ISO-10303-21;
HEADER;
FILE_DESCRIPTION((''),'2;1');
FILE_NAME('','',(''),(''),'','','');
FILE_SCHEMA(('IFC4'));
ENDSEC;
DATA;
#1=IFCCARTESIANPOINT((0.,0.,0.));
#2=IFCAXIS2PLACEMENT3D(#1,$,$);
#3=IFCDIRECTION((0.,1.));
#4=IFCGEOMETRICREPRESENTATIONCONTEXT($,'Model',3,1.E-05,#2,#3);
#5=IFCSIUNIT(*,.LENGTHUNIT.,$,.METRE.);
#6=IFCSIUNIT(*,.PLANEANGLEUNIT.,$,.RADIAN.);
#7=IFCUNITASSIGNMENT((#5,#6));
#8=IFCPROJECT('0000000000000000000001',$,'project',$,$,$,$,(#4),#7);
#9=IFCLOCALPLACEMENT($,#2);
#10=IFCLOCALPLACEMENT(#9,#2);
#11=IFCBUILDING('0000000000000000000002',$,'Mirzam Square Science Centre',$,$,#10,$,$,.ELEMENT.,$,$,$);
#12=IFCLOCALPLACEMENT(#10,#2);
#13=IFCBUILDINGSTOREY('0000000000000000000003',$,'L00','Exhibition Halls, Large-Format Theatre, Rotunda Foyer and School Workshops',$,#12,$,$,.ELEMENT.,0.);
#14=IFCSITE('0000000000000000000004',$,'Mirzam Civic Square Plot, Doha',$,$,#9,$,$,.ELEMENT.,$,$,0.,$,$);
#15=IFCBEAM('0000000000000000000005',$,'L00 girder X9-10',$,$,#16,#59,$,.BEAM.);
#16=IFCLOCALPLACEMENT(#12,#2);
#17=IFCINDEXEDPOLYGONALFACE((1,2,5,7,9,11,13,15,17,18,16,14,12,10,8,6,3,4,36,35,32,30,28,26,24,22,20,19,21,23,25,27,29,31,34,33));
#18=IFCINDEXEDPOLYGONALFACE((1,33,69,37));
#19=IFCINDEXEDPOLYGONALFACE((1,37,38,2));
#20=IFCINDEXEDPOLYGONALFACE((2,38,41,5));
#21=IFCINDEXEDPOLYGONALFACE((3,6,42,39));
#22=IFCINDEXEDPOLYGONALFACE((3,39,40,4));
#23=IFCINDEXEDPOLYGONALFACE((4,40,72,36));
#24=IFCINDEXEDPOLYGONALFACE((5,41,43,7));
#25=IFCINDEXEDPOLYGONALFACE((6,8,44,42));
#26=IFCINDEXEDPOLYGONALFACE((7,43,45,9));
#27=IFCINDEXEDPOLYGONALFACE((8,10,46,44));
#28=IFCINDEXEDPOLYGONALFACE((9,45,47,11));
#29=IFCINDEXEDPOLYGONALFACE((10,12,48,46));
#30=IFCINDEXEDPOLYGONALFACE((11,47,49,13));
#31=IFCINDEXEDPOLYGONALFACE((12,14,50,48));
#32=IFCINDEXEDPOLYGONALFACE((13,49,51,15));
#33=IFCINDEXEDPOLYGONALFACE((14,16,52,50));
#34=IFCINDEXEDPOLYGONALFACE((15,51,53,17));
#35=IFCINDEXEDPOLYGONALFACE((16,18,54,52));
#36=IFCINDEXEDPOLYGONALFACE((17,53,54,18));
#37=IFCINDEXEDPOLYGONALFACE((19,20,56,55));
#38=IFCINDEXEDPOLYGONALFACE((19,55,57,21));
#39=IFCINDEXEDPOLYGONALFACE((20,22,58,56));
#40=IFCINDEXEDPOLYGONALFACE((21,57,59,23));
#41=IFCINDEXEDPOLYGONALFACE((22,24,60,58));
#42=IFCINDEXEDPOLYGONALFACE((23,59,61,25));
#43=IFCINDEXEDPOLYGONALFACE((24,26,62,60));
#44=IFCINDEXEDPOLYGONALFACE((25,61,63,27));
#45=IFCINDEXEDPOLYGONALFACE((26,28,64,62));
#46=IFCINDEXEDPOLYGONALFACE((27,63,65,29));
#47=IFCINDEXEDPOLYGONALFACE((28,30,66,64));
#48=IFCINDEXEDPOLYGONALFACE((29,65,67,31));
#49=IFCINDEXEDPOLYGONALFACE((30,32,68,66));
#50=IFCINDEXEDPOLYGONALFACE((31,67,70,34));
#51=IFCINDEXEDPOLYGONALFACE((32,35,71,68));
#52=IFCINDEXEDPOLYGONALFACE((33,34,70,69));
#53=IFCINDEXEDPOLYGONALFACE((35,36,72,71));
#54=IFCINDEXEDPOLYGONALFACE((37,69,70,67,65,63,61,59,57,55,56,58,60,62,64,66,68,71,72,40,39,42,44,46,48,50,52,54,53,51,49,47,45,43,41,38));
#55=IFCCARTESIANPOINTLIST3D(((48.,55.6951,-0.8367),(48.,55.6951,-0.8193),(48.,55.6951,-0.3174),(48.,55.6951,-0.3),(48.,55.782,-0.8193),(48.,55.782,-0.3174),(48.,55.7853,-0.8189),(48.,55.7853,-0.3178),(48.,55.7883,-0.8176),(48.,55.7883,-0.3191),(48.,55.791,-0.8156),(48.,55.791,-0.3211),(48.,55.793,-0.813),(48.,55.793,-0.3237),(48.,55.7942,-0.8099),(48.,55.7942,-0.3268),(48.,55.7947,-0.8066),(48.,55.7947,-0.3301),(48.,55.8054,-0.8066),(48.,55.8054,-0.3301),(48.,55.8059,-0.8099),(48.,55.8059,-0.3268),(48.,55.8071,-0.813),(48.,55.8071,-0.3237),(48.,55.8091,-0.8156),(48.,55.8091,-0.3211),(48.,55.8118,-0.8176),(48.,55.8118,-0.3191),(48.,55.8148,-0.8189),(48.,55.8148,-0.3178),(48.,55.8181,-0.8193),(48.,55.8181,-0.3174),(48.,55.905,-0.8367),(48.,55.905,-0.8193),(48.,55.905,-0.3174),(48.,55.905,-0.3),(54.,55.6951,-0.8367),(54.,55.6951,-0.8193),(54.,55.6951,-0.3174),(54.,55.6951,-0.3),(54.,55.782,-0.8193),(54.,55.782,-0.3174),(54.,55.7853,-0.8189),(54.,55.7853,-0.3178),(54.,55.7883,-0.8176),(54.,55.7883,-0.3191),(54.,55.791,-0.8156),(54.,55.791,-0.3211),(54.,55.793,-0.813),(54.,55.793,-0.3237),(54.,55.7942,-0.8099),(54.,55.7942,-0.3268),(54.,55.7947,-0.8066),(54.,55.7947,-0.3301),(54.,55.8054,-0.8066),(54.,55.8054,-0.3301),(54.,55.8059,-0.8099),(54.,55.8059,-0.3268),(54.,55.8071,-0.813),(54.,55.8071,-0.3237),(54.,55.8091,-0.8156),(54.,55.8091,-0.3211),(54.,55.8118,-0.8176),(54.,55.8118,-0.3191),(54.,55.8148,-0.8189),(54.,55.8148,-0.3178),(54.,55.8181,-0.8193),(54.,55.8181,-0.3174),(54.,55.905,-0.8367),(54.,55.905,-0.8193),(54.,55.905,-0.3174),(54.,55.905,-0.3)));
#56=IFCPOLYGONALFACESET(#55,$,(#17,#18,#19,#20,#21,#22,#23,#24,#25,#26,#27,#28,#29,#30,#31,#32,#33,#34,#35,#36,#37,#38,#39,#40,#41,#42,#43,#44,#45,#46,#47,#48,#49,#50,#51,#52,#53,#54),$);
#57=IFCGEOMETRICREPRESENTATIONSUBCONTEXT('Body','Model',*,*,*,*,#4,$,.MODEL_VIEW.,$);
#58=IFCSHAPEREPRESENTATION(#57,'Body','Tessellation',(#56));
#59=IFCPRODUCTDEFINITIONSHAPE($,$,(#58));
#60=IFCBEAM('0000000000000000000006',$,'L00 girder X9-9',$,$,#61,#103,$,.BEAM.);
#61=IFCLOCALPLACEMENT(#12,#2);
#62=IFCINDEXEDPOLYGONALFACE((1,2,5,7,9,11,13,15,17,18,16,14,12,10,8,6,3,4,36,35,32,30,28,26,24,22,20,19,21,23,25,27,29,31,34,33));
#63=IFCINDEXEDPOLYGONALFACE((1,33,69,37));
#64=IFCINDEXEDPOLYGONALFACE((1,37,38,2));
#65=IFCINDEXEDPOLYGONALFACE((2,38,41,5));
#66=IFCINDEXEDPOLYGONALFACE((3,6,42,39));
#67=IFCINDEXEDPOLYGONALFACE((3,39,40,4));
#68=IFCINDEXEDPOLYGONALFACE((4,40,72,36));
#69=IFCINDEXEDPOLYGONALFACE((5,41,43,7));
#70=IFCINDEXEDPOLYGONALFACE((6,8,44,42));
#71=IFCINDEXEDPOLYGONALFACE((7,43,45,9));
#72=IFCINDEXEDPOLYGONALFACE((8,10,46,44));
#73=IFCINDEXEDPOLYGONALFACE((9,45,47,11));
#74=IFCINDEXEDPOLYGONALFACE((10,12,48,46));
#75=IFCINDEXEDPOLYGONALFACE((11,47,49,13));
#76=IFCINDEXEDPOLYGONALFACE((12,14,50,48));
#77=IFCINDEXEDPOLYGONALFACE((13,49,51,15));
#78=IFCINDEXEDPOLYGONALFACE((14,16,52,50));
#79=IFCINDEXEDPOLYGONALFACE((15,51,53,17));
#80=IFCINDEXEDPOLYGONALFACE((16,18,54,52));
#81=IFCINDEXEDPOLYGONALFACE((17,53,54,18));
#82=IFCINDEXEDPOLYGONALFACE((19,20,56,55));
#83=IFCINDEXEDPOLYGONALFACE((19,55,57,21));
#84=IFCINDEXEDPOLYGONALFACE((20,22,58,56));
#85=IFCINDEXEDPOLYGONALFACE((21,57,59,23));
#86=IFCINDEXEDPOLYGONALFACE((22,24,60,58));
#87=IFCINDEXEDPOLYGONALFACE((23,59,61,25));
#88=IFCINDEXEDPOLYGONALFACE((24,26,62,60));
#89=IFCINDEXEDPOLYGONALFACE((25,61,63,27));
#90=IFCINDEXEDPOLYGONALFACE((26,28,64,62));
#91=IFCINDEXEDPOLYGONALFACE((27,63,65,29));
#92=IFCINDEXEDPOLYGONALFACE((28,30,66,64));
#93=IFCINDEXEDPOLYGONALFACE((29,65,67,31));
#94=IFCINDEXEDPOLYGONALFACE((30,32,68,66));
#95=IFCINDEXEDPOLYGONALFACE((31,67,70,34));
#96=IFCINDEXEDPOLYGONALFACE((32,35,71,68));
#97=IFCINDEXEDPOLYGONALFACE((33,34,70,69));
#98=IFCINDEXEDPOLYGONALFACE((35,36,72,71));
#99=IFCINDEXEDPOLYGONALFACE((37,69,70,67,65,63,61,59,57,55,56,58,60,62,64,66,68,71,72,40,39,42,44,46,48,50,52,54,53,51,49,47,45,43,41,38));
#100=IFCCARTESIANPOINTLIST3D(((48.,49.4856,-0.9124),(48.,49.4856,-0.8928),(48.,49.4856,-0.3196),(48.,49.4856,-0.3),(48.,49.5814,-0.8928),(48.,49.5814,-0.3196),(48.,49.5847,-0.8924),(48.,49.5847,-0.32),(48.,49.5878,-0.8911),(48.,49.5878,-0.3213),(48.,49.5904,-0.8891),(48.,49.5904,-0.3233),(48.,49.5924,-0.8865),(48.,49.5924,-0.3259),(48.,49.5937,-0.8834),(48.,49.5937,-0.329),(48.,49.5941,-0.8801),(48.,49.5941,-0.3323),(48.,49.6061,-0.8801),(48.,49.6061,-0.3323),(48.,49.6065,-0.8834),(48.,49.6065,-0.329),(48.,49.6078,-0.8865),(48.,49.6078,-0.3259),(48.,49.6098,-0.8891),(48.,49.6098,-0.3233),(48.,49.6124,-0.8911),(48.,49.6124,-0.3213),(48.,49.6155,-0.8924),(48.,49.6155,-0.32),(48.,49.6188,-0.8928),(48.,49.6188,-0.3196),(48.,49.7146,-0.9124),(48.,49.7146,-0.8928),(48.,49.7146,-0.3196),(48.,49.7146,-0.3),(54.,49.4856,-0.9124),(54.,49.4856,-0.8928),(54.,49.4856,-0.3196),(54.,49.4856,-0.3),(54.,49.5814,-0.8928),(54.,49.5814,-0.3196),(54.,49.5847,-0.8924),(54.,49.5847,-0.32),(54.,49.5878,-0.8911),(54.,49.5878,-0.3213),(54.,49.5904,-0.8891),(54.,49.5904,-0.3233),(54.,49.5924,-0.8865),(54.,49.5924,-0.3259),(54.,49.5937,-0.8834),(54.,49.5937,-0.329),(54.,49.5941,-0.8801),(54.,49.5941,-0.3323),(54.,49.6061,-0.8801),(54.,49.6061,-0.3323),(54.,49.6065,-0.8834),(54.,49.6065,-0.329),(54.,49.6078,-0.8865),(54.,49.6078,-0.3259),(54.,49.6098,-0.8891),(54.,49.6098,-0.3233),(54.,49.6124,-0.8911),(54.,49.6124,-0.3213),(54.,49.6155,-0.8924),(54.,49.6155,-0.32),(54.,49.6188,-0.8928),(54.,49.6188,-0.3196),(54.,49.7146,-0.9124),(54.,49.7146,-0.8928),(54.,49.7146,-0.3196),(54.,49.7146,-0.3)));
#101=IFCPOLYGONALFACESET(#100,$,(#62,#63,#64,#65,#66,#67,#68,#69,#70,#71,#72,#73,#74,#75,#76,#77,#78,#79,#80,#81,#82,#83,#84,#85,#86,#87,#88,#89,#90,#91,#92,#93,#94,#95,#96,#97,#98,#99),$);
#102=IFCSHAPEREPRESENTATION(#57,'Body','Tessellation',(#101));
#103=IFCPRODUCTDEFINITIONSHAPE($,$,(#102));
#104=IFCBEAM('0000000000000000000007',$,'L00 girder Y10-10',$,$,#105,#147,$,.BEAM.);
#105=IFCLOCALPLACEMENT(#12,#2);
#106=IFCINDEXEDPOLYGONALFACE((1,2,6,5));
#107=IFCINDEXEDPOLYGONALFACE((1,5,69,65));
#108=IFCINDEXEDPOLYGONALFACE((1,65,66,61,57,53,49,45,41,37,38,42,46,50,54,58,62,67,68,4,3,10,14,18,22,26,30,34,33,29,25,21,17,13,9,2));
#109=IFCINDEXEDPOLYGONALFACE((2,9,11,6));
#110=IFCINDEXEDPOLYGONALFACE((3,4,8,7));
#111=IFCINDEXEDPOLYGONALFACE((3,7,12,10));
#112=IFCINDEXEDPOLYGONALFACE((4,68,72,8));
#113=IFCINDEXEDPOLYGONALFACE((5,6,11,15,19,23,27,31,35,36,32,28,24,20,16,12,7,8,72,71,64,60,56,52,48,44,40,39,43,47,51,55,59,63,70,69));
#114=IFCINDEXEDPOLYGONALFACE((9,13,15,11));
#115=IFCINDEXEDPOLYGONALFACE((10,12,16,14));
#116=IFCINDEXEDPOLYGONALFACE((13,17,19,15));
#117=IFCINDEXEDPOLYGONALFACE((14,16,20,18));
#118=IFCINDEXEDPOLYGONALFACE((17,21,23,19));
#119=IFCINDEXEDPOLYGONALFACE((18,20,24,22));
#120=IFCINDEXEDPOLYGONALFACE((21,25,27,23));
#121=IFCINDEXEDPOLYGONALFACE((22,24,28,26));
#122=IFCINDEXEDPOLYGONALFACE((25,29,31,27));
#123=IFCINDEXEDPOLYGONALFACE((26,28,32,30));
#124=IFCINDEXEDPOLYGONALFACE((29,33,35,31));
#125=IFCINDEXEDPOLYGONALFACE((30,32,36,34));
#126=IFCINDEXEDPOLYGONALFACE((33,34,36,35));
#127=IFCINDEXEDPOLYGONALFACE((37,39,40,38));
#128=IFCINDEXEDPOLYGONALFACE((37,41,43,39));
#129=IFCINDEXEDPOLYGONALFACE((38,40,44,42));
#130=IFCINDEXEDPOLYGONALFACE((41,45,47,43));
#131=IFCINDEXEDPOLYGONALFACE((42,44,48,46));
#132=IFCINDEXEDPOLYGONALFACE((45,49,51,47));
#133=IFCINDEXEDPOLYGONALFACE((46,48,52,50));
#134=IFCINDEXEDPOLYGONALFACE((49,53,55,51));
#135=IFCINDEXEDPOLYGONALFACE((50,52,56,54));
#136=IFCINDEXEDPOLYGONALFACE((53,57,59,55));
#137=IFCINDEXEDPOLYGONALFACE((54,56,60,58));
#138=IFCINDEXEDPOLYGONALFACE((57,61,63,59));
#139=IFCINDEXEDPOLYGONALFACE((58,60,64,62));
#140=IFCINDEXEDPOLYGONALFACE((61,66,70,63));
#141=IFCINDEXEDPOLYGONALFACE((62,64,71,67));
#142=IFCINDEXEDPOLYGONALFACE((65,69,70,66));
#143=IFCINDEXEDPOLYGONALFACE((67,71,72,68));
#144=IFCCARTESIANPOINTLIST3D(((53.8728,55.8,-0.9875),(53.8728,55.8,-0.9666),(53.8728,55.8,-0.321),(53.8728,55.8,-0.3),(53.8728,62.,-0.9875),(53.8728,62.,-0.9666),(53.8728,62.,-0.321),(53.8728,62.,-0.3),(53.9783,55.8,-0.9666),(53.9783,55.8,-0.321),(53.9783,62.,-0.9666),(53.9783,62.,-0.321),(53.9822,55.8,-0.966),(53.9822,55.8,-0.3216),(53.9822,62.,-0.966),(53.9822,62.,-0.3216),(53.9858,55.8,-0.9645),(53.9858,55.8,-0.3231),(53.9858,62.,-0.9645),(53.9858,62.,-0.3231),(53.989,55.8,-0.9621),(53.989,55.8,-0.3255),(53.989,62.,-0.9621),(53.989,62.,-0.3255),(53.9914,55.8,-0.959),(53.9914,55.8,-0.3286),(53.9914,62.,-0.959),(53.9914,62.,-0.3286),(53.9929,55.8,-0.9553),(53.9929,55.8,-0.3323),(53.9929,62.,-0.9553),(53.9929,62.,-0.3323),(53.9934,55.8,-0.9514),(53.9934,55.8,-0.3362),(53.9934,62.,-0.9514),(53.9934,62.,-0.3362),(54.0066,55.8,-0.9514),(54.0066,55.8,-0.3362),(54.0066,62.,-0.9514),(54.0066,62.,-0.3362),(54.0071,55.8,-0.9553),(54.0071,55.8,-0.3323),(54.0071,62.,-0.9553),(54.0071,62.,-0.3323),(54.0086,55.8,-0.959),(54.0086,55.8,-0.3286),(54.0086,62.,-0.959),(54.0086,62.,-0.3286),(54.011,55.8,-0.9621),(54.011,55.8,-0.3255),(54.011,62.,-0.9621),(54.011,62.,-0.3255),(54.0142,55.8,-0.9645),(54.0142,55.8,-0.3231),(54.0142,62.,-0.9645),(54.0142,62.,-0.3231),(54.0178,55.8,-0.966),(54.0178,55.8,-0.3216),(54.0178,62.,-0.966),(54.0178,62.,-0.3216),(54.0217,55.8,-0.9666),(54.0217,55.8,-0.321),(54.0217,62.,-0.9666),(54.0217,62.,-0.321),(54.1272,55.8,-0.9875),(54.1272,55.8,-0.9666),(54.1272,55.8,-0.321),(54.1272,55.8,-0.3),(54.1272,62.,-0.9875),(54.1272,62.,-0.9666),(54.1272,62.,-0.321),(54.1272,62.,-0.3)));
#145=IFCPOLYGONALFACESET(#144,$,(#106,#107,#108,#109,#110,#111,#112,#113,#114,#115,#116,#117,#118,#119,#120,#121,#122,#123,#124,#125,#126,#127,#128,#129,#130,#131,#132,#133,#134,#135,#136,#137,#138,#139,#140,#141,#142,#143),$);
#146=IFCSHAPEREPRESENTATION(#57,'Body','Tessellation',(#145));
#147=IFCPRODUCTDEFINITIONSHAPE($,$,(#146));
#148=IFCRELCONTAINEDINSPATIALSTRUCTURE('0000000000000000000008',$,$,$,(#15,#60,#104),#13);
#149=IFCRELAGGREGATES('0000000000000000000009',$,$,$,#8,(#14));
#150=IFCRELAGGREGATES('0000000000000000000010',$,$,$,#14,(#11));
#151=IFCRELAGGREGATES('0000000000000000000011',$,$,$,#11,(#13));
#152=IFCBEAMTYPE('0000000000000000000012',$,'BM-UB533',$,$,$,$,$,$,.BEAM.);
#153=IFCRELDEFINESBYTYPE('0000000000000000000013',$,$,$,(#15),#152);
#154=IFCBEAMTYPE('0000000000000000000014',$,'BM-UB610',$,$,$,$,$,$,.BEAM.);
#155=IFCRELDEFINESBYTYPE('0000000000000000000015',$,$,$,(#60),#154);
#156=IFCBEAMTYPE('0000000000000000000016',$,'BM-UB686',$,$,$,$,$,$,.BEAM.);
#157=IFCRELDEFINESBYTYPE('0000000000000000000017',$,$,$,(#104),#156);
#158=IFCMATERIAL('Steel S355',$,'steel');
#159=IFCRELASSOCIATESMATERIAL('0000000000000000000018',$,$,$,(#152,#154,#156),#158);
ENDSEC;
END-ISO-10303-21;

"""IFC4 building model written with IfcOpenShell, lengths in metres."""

from ifc_helpers import new_model, si_unit, direction, frame, origin, origin_2d, place, context, subcontext, project, spatial, i_section, extrude, material, material_profile, profile_set, type_object, element, save


model = new_model("IFC4")

# Units and contexts
model_context = context("Model", 3, precision=1e-05, world=origin(), true_north=direction((0.0, 1.0)))
body_context = subcontext(model_context, "Body", "Model", "MODEL_VIEW")
ifc_project = project(units=[si_unit("LENGTHUNIT", "METRE"), si_unit("PLANEANGLEUNIT", "RADIAN")], contexts=[model_context])

# Site, building, storey
site_placement = place(None, origin())
site = spatial("IfcSite", under=ifc_project, at=site_placement, Name="Mirzam Civic Square Plot, Doha", CompositionType="ELEMENT", RefElevation=0.0)
building_placement = place(site_placement, origin())
building = spatial("IfcBuilding", under=site, at=building_placement, Name="Mirzam Square Science Centre", CompositionType="ELEMENT")
storey_placement = place(building_placement, origin())
storey = spatial("IfcBuildingStorey", under=building, at=storey_placement, Name="L00", Description="Exhibition Halls, Large-Format Theatre, Rotunda Foyer and School Workshops", CompositionType="ELEMENT", Elevation=0.0)

# Shared definitions
ifc_material_1 = material(Name="Steel S355", Category="steel")

# Beams
ifc_material_profile_1 = material_profile(ifc_material_1, i_section(OverallWidth=0.21, OverallDepth=0.5366, WebThickness=0.0107, FlangeThickness=0.0173, FilletRadius=0.0127, at=origin_2d()), Name="533x210x101UB")
ifc_profile_set_1 = profile_set([ifc_material_profile_1], Name="Steel S355")
beam_type_1 = type_object("IfcBeamType", Name="BM-UB533", PredefinedType="BEAM", material=ifc_profile_set_1)
for number, where, z_axis, x_axis, name in (
    (1, (48.0, 55.8, -0.5684), (1.0, 0.0, 0.0), (0.0, 1.0, 0.0), "L00 girder X9-10"),
):
    element("IfcBeam", number, at=place(storey_placement, frame(where, z_axis=z_axis, x_axis=x_axis)), inside=storey, type_object=beam_type_1, Name=name, PredefinedType="BEAM", context=body_context, shape_type="SweptSolid", body=[
        extrude(i_section(OverallWidth=0.21, OverallDepth=0.5366, WebThickness=0.0107, FlangeThickness=0.0173, FilletRadius=0.0127, at=origin_2d()), origin(), (0.0, 0.0, 1.0), 6.0),
    ])
ifc_material_profile_2 = material_profile(ifc_material_1, i_section(OverallWidth=0.229, OverallDepth=0.6123, WebThickness=0.012, FlangeThickness=0.0195, FilletRadius=0.0127, at=origin_2d()), Name="610x229x125UB")
ifc_profile_set_2 = profile_set([ifc_material_profile_2], Name="Steel S355")
beam_type_2 = type_object("IfcBeamType", Name="BM-UB610", PredefinedType="BEAM", material=ifc_profile_set_2)
beam_1_placement = place(storey_placement, frame((48.0, 49.6001, -0.6062), z_axis=(1.0, 0.0, 0.0), x_axis=(0.0, 1.0, 0.0)))
element("IfcBeam", 2, at=beam_1_placement, inside=storey, type_object=beam_type_2, Name="L00 girder X9-9", PredefinedType="BEAM", context=body_context, shape_type="SweptSolid", body=[
    extrude(i_section(OverallWidth=0.229, OverallDepth=0.6123, WebThickness=0.012, FlangeThickness=0.0195, FilletRadius=0.0127, at=origin_2d()), origin(), (0.0, 0.0, 1.0), 6.0),
])
ifc_material_profile_3 = material_profile(ifc_material_1, i_section(OverallWidth=0.2544, OverallDepth=0.6875, WebThickness=0.0132, FlangeThickness=0.021, FilletRadius=0.0151, at=origin_2d()), Name="686x254x152UB")
ifc_profile_set_3 = profile_set([ifc_material_profile_3], Name="Steel S355")
beam_type_3 = type_object("IfcBeamType", Name="BM-UB686", PredefinedType="BEAM", material=ifc_profile_set_3)
beam_2_placement = place(storey_placement, frame((54.0, 55.8, -0.6438), z_axis=(0.0, 1.0, 0.0), x_axis=(-1.0, 0.0, 0.0)))
element("IfcBeam", 3, at=beam_2_placement, inside=storey, type_object=beam_type_3, Name="L00 girder Y10-10", PredefinedType="BEAM", context=body_context, shape_type="SweptSolid", body=[
    extrude(i_section(OverallWidth=0.2544, OverallDepth=0.6875, WebThickness=0.0132, FlangeThickness=0.021, FilletRadius=0.0151, at=origin_2d()), origin(), (0.0, 0.0, 1.0), 6.2),
])

save(model, "model.ifc")
